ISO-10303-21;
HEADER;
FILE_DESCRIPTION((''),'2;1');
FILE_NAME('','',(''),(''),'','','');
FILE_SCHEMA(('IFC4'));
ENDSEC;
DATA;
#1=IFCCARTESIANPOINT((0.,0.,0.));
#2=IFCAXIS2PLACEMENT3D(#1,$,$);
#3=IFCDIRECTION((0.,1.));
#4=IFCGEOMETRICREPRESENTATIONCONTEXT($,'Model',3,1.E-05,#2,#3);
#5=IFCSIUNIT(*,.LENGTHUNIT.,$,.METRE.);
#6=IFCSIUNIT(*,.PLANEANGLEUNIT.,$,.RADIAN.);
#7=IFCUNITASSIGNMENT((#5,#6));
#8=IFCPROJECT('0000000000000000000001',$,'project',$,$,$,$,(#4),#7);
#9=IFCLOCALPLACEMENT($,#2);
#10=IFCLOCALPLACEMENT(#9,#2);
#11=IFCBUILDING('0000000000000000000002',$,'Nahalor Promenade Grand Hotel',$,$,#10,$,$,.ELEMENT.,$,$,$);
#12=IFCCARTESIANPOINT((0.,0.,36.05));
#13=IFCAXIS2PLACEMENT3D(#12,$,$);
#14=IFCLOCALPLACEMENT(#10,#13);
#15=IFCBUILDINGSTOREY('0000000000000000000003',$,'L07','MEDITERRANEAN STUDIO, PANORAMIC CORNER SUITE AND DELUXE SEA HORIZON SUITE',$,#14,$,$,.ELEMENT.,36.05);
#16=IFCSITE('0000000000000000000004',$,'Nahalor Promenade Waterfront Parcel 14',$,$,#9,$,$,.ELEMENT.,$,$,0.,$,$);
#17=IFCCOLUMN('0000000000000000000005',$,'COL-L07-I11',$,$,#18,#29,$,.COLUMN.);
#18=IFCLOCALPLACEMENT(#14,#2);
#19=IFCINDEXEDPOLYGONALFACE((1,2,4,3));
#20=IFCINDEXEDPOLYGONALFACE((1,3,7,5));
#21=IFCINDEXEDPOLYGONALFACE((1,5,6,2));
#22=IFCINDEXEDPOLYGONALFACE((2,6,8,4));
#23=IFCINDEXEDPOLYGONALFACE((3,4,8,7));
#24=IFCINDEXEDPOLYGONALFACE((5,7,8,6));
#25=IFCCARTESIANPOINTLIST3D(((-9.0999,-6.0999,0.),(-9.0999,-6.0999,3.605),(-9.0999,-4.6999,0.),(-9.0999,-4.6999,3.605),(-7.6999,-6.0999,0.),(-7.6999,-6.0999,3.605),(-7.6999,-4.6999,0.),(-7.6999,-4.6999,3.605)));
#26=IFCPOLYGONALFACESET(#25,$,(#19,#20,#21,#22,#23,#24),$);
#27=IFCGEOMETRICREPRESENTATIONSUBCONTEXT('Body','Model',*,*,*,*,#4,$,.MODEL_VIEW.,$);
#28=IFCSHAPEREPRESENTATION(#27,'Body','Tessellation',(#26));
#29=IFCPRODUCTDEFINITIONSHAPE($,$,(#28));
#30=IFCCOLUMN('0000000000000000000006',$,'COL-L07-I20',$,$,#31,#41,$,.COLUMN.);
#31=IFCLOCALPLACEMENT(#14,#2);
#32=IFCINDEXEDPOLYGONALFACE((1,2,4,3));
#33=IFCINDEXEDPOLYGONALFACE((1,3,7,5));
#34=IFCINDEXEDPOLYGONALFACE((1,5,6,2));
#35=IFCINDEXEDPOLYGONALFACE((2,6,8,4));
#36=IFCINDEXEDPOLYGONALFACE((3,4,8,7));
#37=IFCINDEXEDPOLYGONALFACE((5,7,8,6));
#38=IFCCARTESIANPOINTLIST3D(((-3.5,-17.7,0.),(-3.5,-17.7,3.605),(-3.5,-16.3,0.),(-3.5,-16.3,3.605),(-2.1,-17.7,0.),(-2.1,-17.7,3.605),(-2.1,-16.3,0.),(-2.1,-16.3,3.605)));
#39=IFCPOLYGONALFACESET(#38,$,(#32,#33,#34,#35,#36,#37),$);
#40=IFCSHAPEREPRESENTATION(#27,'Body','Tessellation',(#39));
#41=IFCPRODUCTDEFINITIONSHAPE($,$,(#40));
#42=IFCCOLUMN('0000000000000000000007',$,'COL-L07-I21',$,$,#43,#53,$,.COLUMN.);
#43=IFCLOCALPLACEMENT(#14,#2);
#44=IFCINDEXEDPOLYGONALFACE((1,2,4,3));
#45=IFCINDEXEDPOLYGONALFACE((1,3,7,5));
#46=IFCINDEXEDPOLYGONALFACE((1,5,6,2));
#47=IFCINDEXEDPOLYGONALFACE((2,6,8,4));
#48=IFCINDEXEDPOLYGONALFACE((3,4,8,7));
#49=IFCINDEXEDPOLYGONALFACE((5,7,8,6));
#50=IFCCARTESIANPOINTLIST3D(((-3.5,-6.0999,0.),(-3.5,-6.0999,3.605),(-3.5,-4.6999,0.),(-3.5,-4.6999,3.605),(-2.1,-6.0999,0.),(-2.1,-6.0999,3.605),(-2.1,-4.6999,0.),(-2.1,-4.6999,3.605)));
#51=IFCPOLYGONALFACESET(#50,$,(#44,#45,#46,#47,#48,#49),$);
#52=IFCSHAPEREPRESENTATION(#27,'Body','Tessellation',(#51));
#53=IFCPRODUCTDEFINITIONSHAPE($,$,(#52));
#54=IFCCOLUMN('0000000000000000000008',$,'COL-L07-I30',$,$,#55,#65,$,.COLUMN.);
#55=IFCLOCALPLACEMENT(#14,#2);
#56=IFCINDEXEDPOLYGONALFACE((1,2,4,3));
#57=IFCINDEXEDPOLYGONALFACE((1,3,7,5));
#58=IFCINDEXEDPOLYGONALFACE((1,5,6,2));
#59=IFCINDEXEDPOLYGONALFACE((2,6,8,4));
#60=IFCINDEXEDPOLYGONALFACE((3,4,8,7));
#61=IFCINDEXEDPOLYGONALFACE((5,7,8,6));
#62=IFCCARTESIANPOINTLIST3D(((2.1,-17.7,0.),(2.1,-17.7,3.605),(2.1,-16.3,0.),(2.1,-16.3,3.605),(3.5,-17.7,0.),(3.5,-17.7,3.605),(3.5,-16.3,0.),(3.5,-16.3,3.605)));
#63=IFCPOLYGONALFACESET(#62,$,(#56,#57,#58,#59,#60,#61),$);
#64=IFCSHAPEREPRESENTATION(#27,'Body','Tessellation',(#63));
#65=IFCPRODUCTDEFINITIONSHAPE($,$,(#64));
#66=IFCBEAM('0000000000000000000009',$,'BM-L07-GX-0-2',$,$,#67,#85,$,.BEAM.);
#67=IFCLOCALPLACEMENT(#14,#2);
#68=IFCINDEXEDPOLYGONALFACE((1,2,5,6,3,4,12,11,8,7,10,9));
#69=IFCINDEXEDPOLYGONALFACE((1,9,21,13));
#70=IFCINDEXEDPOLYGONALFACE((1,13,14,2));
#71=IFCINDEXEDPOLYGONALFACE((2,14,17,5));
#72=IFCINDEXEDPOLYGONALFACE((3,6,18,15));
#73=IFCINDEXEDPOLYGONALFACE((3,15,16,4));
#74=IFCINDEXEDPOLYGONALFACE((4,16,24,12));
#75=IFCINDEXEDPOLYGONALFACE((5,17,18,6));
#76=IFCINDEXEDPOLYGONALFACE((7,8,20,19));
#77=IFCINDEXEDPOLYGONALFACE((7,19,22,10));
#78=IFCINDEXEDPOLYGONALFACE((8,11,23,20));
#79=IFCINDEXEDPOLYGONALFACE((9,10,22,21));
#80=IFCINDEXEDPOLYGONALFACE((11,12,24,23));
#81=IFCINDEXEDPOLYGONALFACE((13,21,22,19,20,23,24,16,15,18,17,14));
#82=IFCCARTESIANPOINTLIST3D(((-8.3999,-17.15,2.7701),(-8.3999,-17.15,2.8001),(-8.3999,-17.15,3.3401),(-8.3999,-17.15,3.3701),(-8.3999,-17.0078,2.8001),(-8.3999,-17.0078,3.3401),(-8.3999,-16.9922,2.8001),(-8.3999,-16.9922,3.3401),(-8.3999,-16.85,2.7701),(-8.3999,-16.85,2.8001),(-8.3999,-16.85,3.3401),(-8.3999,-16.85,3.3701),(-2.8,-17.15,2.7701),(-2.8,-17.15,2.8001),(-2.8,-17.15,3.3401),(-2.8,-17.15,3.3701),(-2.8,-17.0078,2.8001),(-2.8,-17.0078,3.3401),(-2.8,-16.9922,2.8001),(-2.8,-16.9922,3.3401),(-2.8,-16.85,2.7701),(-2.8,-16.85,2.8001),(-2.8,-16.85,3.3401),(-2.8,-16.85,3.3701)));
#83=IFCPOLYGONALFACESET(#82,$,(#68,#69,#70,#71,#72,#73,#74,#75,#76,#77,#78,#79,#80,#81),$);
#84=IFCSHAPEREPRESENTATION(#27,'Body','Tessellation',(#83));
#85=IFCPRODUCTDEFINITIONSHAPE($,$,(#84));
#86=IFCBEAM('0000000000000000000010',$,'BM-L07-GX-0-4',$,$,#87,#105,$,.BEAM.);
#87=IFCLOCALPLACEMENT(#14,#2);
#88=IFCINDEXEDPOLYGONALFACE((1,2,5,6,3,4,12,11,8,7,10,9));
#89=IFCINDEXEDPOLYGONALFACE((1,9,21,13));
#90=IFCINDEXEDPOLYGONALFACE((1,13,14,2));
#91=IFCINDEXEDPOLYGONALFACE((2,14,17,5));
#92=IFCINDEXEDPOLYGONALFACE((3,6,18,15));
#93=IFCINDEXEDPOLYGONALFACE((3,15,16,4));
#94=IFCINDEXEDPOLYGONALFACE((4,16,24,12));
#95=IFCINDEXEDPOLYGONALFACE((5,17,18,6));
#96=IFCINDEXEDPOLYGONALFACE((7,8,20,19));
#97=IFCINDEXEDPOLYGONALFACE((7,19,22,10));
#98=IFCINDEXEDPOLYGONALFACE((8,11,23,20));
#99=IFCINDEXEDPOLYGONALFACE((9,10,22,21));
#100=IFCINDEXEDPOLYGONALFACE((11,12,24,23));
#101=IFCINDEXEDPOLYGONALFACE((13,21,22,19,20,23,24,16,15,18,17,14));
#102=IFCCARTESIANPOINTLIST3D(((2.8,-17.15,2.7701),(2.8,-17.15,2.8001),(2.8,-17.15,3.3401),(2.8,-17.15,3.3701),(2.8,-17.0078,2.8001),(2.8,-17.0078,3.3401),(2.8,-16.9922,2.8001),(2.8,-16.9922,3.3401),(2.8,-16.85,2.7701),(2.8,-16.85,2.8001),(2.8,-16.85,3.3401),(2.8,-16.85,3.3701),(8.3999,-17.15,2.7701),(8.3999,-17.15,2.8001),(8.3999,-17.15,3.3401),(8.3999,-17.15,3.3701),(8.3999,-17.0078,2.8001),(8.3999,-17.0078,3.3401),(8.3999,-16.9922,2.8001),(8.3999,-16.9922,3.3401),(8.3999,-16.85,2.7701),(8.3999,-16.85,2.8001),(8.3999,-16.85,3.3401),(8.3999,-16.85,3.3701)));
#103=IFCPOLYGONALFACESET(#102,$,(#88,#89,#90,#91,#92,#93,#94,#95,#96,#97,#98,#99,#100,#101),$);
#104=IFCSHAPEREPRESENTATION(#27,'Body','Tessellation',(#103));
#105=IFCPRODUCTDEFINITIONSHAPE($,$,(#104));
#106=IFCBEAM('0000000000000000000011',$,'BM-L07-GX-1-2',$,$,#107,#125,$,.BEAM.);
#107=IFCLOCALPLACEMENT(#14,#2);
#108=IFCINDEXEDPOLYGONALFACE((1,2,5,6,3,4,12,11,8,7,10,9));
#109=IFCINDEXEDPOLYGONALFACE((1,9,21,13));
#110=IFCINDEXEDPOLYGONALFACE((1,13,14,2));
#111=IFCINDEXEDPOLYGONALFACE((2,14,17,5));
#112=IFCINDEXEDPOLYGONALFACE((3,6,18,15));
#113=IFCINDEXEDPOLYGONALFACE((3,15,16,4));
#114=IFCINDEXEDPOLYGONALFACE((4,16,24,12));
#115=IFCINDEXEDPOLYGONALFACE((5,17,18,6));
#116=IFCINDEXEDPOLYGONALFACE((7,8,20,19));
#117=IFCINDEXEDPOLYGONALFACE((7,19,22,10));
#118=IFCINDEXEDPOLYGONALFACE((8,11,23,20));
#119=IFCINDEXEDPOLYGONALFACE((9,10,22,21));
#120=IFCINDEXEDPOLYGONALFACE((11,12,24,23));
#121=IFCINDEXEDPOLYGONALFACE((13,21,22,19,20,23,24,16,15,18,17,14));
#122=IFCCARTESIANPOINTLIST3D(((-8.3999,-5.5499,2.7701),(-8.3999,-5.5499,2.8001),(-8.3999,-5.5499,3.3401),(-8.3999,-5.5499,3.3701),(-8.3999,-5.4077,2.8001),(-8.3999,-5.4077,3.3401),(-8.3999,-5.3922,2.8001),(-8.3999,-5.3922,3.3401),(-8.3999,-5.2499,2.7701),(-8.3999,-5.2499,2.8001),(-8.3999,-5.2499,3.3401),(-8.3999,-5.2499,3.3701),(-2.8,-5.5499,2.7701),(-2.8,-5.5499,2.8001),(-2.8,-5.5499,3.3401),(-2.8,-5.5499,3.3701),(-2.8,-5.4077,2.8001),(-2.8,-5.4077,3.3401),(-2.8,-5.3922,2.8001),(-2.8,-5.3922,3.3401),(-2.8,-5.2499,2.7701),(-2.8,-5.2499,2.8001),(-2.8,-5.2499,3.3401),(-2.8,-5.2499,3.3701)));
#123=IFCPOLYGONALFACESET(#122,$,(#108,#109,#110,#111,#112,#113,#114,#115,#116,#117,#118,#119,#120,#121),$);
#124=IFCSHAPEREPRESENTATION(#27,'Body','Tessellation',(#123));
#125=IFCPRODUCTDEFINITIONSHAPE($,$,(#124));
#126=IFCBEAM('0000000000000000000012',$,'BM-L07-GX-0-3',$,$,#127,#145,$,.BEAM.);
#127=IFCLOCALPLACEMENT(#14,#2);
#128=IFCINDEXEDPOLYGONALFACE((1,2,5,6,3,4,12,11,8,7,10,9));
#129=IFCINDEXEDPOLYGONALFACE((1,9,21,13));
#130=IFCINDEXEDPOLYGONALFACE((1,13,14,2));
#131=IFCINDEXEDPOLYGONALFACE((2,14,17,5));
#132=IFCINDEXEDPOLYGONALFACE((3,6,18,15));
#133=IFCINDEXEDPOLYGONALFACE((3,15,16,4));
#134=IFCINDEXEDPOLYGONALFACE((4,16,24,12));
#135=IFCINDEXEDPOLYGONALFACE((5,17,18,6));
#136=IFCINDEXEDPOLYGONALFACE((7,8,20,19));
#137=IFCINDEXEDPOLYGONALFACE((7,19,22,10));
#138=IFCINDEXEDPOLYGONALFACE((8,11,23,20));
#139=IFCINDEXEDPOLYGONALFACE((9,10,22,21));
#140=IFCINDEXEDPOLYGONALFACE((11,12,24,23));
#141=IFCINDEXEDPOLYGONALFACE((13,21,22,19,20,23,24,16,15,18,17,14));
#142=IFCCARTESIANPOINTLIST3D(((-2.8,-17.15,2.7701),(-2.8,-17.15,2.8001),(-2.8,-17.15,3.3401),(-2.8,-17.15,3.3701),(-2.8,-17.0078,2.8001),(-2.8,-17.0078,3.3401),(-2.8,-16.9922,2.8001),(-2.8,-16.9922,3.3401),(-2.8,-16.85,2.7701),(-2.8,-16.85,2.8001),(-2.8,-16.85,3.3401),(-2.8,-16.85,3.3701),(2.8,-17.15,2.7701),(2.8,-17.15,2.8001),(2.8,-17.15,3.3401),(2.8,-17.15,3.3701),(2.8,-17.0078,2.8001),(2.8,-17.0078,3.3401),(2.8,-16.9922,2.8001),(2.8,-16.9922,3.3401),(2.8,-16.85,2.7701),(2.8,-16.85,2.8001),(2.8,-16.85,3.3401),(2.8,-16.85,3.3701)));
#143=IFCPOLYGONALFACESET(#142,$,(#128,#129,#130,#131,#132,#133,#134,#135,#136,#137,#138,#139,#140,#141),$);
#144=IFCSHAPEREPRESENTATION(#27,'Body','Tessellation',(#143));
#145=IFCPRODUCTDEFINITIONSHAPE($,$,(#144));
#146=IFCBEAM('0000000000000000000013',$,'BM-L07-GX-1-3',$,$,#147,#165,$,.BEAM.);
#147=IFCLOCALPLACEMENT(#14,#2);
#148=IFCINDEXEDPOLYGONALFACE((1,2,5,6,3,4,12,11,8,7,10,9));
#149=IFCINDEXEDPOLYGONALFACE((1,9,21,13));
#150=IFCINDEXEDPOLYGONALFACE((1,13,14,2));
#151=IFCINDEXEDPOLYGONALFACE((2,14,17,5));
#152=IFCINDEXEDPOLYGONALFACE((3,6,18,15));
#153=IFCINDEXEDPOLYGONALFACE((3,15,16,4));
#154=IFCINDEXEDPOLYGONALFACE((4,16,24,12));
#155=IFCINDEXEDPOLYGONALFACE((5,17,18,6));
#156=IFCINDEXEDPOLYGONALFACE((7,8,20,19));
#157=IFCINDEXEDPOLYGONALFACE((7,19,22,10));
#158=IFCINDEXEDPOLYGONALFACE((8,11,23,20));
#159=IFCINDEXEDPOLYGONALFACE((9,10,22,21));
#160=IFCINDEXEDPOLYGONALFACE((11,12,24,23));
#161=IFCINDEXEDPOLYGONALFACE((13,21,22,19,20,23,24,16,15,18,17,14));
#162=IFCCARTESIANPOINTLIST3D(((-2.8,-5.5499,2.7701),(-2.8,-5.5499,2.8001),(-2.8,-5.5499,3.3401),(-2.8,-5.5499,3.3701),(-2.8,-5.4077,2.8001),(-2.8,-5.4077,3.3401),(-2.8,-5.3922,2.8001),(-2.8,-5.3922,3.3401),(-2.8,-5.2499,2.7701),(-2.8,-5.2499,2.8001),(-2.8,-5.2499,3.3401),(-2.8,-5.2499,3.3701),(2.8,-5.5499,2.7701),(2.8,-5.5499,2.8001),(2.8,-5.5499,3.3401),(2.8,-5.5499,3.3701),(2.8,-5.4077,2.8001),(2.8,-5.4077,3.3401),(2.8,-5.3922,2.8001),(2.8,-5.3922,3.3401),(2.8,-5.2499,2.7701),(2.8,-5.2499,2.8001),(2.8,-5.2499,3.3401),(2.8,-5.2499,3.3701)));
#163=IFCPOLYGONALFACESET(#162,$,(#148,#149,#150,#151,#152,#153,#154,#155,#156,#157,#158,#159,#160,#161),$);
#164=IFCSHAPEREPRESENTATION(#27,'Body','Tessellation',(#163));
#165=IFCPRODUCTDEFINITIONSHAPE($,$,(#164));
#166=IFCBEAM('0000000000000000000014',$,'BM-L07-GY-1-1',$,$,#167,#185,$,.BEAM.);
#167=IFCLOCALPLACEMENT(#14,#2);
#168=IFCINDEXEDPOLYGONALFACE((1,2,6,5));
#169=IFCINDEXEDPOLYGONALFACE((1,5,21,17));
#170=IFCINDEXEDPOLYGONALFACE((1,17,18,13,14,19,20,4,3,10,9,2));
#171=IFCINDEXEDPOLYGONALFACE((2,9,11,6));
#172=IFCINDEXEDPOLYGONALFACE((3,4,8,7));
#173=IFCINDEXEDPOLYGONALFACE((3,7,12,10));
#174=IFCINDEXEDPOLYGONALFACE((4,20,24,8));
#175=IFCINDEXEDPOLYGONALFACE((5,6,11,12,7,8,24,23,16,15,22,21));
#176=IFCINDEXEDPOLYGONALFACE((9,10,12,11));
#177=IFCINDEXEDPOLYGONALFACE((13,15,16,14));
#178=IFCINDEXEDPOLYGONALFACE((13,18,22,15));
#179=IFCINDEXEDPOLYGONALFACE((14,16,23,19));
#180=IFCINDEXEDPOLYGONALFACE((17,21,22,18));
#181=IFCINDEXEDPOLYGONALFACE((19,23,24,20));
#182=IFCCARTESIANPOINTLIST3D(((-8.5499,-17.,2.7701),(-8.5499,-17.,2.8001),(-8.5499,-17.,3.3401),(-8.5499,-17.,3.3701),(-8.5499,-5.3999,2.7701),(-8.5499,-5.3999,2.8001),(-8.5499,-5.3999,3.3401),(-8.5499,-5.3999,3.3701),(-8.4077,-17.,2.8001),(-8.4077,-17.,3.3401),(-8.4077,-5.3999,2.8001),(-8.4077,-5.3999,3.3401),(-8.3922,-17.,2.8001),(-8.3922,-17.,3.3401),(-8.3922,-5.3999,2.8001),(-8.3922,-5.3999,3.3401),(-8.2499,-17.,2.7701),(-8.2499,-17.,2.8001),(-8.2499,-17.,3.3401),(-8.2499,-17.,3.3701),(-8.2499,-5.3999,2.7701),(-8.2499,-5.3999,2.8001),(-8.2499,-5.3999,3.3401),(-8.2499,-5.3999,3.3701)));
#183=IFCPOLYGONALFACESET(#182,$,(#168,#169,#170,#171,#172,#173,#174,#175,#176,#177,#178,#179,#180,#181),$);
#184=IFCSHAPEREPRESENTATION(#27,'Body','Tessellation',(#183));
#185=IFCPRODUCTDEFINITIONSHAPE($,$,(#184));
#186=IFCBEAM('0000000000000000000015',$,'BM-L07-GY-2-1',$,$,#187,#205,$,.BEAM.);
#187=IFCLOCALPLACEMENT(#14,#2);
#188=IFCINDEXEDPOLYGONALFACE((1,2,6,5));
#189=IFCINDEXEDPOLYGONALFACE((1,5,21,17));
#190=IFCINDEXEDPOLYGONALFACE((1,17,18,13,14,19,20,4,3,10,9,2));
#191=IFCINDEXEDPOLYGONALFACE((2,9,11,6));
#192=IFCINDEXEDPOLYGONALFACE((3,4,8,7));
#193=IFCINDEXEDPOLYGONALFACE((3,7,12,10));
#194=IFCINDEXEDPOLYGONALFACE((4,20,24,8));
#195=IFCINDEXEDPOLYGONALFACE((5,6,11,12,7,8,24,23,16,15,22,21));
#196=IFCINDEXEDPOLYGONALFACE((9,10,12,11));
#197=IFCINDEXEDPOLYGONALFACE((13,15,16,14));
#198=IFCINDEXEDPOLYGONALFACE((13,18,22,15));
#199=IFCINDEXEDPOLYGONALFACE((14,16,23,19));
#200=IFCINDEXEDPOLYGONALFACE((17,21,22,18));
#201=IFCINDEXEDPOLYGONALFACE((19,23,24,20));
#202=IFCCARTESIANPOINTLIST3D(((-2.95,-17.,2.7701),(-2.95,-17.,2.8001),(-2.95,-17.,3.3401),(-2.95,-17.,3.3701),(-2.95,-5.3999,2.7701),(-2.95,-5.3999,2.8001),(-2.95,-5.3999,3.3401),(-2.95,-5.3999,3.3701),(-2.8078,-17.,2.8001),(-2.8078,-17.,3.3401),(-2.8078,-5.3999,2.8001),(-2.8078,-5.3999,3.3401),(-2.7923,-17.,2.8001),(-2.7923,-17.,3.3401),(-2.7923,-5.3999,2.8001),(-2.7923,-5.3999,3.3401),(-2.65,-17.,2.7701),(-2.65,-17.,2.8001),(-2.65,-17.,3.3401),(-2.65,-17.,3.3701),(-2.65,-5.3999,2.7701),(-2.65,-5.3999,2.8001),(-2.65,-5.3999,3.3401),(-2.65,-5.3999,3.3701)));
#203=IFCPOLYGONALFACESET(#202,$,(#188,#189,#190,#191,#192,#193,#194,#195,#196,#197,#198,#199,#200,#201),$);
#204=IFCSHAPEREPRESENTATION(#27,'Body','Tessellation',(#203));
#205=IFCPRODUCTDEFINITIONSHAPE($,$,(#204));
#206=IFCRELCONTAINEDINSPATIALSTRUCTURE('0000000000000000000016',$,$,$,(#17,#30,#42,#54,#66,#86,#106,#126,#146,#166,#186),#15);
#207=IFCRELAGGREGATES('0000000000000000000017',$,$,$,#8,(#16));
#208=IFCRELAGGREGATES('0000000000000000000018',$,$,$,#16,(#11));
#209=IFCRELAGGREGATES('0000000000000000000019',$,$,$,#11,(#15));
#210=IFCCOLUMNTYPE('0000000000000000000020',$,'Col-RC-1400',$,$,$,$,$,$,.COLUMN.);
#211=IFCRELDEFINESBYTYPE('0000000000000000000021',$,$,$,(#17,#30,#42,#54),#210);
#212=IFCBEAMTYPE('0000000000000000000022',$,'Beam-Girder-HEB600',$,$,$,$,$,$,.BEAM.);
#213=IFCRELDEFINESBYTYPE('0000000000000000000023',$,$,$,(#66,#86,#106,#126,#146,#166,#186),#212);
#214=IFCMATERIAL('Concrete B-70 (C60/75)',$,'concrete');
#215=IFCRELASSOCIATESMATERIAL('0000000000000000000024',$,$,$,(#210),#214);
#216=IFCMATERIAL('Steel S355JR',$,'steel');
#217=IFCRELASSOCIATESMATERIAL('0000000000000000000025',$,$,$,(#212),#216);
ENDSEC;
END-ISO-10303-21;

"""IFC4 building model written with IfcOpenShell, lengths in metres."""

from ifc_helpers import new_model, si_unit, direction, frame, origin, origin_2d, place, context, subcontext, project, spatial, rectangle, i_section, extrude, source, transform, mapped, material, material_profile, profile_set, type_object, element, save


model = new_model("IFC4")

# Units and contexts
model_context = context("Model", 3, precision=1e-05, world=origin(), true_north=direction((0.0, 1.0)))
body_context = subcontext(model_context, "Body", "Model", "MODEL_VIEW")
ifc_project = project(units=[si_unit("LENGTHUNIT", "METRE"), si_unit("PLANEANGLEUNIT", "RADIAN")], contexts=[model_context])

# Site, building, storey
site_placement = place(None, origin())
site = spatial("IfcSite", under=ifc_project, at=site_placement, Name="Nahalor Promenade Waterfront Parcel 14", CompositionType="ELEMENT", RefElevation=0.0)
building_placement = place(site_placement, origin())
building = spatial("IfcBuilding", under=site, at=building_placement, Name="Nahalor Promenade Grand Hotel", CompositionType="ELEMENT")
storey_placement = place(building_placement, frame((0.0, 0.0, 36.05)))
storey = spatial("IfcBuildingStorey", under=building, at=storey_placement, Name="L07", Description="MEDITERRANEAN STUDIO, PANORAMIC CORNER SUITE AND DELUXE SEA HORIZON SUITE", CompositionType="ELEMENT", Elevation=36.05)

# Columns
ifc_material_1 = material(Name="Concrete B-70 (C60/75)", Category="concrete")
ifc_material_profile_1 = material_profile(ifc_material_1, rectangle(XDim=1.4, YDim=1.4, at=origin_2d()), Name="RC 1400x1400")
ifc_profile_set_1 = profile_set([ifc_material_profile_1], Name="Concrete B-70 (C60/75)")
column_type = type_object("IfcColumnType", Name="Col-RC-1400", PredefinedType="COLUMN", material=ifc_profile_set_1)
shared_shape_1 = source(origin(), body_context, "Body", "SweptSolid", [
    extrude(rectangle(XDim=1.4, YDim=1.4, at=origin_2d()), origin(), (0.0, 0.0, 1.0), 3.605),
])
for number, where, z_axis, x_axis, name in (
    (1, (-8.3999, -5.3999, 0.0), (0.0, 0.0, 1.0), (1.0, 0.0, 0.0), "COL-L07-I11"),
    (2, (-2.8, -17.0, 0.0), (0.0, 0.0, 1.0), (1.0, 0.0, 0.0), "COL-L07-I20"),
    (3, (-2.8, -5.3999, 0.0), (0.0, 0.0, 1.0), (1.0, 0.0, 0.0), "COL-L07-I21"),
    (4, (2.8, -17.0, 0.0), (0.0, 0.0, 1.0), (1.0, 0.0, 0.0), "COL-L07-I30"),
):
    element("IfcColumn", number, at=place(storey_placement, frame(where, z_axis=z_axis, x_axis=x_axis)), inside=storey, type_object=column_type, Name=name, PredefinedType="COLUMN", context=body_context, shape_type="MappedRepresentation", body=[
        mapped(shared_shape_1, transform((0.0, 0.0, 0.0), scale=1.0)),
    ])

# Beams
ifc_material_2 = material(Name="Steel S355JR", Category="steel")
ifc_material_profile_2 = material_profile(ifc_material_2, i_section(OverallWidth=0.3, OverallDepth=0.6, WebThickness=0.0155, FlangeThickness=0.03, at=origin_2d()), Name="HEB 600")
ifc_profile_set_2 = profile_set([ifc_material_profile_2], Name="Steel S355JR")
beam_type_1 = type_object("IfcBeamType", Name="Beam-Girder-HEB600", PredefinedType="BEAM", material=ifc_profile_set_2)
shared_shape_2 = source(origin(), body_context, "Body", "SweptSolid", [
    extrude(i_section(OverallWidth=0.3, OverallDepth=0.6, WebThickness=0.0155, FlangeThickness=0.03, at=origin_2d()), origin(), (0.0, 0.0, 1.0), 5.5999),
])
for number, where, z_axis, x_axis, name in (
    (5, (-8.3999, -17.0, 3.0701), (1.0, 0.0, 0.0), (0.0, 1.0, 0.0), "BM-L07-GX-0-2"),
    (6, (2.8, -17.0, 3.0701), (1.0, 0.0, 0.0), (0.0, 1.0, 0.0), "BM-L07-GX-0-4"),
    (7, (-8.3999, -5.3999, 3.0701), (1.0, 0.0, 0.0), (0.0, 1.0, 0.0), "BM-L07-GX-1-2"),
):
    element("IfcBeam", number, at=place(storey_placement, frame(where, z_axis=z_axis, x_axis=x_axis)), inside=storey, type_object=beam_type_1, Name=name, PredefinedType="BEAM", context=body_context, shape_type="MappedRepresentation", body=[
        mapped(shared_shape_2, transform((0.0, 0.0, 0.0), scale=1.0)),
    ])
shared_shape_3 = source(origin(), body_context, "Body", "SweptSolid", [
    extrude(i_section(OverallWidth=0.3, OverallDepth=0.6, WebThickness=0.0155, FlangeThickness=0.03, at=origin_2d()), origin(), (0.0, 0.0, 1.0), 5.6001),
])
for number, where, z_axis, x_axis, name in (
    (8, (-2.8, -17.0, 3.0701), (1.0, 0.0, 0.0), (0.0, 1.0, 0.0), "BM-L07-GX-0-3"),
    (9, (-2.8, -5.3999, 3.0701), (1.0, 0.0, 0.0), (0.0, 1.0, 0.0), "BM-L07-GX-1-3"),
):
    element("IfcBeam", number, at=place(storey_placement, frame(where, z_axis=z_axis, x_axis=x_axis)), inside=storey, type_object=beam_type_1, Name=name, PredefinedType="BEAM", context=body_context, shape_type="MappedRepresentation", body=[
        mapped(shared_shape_3, transform((0.0, 0.0, 0.0), scale=1.0)),
    ])
shared_shape_4 = source(origin(), body_context, "Body", "SweptSolid", [
    extrude(i_section(OverallWidth=0.3, OverallDepth=0.6, WebThickness=0.0155, FlangeThickness=0.03, at=origin_2d()), origin(), (0.0, 0.0, 1.0), 11.6001),
])
for number, where, z_axis, x_axis, name in (
    (10, (-8.3999, -17.0, 3.0701), (0.0, 1.0, 0.0), (-1.0, 0.0, 0.0), "BM-L07-GY-1-1"),
    (11, (-2.8, -17.0, 3.0701), (0.0, 1.0, 0.0), (-1.0, 0.0, 0.0), "BM-L07-GY-2-1"),
):
    element("IfcBeam", number, at=place(storey_placement, frame(where, z_axis=z_axis, x_axis=x_axis)), inside=storey, type_object=beam_type_1, Name=name, PredefinedType="BEAM", context=body_context, shape_type="MappedRepresentation", body=[
        mapped(shared_shape_4, transform((0.0, 0.0, 0.0), scale=1.0)),
    ])

save(model, "model.ifc")
